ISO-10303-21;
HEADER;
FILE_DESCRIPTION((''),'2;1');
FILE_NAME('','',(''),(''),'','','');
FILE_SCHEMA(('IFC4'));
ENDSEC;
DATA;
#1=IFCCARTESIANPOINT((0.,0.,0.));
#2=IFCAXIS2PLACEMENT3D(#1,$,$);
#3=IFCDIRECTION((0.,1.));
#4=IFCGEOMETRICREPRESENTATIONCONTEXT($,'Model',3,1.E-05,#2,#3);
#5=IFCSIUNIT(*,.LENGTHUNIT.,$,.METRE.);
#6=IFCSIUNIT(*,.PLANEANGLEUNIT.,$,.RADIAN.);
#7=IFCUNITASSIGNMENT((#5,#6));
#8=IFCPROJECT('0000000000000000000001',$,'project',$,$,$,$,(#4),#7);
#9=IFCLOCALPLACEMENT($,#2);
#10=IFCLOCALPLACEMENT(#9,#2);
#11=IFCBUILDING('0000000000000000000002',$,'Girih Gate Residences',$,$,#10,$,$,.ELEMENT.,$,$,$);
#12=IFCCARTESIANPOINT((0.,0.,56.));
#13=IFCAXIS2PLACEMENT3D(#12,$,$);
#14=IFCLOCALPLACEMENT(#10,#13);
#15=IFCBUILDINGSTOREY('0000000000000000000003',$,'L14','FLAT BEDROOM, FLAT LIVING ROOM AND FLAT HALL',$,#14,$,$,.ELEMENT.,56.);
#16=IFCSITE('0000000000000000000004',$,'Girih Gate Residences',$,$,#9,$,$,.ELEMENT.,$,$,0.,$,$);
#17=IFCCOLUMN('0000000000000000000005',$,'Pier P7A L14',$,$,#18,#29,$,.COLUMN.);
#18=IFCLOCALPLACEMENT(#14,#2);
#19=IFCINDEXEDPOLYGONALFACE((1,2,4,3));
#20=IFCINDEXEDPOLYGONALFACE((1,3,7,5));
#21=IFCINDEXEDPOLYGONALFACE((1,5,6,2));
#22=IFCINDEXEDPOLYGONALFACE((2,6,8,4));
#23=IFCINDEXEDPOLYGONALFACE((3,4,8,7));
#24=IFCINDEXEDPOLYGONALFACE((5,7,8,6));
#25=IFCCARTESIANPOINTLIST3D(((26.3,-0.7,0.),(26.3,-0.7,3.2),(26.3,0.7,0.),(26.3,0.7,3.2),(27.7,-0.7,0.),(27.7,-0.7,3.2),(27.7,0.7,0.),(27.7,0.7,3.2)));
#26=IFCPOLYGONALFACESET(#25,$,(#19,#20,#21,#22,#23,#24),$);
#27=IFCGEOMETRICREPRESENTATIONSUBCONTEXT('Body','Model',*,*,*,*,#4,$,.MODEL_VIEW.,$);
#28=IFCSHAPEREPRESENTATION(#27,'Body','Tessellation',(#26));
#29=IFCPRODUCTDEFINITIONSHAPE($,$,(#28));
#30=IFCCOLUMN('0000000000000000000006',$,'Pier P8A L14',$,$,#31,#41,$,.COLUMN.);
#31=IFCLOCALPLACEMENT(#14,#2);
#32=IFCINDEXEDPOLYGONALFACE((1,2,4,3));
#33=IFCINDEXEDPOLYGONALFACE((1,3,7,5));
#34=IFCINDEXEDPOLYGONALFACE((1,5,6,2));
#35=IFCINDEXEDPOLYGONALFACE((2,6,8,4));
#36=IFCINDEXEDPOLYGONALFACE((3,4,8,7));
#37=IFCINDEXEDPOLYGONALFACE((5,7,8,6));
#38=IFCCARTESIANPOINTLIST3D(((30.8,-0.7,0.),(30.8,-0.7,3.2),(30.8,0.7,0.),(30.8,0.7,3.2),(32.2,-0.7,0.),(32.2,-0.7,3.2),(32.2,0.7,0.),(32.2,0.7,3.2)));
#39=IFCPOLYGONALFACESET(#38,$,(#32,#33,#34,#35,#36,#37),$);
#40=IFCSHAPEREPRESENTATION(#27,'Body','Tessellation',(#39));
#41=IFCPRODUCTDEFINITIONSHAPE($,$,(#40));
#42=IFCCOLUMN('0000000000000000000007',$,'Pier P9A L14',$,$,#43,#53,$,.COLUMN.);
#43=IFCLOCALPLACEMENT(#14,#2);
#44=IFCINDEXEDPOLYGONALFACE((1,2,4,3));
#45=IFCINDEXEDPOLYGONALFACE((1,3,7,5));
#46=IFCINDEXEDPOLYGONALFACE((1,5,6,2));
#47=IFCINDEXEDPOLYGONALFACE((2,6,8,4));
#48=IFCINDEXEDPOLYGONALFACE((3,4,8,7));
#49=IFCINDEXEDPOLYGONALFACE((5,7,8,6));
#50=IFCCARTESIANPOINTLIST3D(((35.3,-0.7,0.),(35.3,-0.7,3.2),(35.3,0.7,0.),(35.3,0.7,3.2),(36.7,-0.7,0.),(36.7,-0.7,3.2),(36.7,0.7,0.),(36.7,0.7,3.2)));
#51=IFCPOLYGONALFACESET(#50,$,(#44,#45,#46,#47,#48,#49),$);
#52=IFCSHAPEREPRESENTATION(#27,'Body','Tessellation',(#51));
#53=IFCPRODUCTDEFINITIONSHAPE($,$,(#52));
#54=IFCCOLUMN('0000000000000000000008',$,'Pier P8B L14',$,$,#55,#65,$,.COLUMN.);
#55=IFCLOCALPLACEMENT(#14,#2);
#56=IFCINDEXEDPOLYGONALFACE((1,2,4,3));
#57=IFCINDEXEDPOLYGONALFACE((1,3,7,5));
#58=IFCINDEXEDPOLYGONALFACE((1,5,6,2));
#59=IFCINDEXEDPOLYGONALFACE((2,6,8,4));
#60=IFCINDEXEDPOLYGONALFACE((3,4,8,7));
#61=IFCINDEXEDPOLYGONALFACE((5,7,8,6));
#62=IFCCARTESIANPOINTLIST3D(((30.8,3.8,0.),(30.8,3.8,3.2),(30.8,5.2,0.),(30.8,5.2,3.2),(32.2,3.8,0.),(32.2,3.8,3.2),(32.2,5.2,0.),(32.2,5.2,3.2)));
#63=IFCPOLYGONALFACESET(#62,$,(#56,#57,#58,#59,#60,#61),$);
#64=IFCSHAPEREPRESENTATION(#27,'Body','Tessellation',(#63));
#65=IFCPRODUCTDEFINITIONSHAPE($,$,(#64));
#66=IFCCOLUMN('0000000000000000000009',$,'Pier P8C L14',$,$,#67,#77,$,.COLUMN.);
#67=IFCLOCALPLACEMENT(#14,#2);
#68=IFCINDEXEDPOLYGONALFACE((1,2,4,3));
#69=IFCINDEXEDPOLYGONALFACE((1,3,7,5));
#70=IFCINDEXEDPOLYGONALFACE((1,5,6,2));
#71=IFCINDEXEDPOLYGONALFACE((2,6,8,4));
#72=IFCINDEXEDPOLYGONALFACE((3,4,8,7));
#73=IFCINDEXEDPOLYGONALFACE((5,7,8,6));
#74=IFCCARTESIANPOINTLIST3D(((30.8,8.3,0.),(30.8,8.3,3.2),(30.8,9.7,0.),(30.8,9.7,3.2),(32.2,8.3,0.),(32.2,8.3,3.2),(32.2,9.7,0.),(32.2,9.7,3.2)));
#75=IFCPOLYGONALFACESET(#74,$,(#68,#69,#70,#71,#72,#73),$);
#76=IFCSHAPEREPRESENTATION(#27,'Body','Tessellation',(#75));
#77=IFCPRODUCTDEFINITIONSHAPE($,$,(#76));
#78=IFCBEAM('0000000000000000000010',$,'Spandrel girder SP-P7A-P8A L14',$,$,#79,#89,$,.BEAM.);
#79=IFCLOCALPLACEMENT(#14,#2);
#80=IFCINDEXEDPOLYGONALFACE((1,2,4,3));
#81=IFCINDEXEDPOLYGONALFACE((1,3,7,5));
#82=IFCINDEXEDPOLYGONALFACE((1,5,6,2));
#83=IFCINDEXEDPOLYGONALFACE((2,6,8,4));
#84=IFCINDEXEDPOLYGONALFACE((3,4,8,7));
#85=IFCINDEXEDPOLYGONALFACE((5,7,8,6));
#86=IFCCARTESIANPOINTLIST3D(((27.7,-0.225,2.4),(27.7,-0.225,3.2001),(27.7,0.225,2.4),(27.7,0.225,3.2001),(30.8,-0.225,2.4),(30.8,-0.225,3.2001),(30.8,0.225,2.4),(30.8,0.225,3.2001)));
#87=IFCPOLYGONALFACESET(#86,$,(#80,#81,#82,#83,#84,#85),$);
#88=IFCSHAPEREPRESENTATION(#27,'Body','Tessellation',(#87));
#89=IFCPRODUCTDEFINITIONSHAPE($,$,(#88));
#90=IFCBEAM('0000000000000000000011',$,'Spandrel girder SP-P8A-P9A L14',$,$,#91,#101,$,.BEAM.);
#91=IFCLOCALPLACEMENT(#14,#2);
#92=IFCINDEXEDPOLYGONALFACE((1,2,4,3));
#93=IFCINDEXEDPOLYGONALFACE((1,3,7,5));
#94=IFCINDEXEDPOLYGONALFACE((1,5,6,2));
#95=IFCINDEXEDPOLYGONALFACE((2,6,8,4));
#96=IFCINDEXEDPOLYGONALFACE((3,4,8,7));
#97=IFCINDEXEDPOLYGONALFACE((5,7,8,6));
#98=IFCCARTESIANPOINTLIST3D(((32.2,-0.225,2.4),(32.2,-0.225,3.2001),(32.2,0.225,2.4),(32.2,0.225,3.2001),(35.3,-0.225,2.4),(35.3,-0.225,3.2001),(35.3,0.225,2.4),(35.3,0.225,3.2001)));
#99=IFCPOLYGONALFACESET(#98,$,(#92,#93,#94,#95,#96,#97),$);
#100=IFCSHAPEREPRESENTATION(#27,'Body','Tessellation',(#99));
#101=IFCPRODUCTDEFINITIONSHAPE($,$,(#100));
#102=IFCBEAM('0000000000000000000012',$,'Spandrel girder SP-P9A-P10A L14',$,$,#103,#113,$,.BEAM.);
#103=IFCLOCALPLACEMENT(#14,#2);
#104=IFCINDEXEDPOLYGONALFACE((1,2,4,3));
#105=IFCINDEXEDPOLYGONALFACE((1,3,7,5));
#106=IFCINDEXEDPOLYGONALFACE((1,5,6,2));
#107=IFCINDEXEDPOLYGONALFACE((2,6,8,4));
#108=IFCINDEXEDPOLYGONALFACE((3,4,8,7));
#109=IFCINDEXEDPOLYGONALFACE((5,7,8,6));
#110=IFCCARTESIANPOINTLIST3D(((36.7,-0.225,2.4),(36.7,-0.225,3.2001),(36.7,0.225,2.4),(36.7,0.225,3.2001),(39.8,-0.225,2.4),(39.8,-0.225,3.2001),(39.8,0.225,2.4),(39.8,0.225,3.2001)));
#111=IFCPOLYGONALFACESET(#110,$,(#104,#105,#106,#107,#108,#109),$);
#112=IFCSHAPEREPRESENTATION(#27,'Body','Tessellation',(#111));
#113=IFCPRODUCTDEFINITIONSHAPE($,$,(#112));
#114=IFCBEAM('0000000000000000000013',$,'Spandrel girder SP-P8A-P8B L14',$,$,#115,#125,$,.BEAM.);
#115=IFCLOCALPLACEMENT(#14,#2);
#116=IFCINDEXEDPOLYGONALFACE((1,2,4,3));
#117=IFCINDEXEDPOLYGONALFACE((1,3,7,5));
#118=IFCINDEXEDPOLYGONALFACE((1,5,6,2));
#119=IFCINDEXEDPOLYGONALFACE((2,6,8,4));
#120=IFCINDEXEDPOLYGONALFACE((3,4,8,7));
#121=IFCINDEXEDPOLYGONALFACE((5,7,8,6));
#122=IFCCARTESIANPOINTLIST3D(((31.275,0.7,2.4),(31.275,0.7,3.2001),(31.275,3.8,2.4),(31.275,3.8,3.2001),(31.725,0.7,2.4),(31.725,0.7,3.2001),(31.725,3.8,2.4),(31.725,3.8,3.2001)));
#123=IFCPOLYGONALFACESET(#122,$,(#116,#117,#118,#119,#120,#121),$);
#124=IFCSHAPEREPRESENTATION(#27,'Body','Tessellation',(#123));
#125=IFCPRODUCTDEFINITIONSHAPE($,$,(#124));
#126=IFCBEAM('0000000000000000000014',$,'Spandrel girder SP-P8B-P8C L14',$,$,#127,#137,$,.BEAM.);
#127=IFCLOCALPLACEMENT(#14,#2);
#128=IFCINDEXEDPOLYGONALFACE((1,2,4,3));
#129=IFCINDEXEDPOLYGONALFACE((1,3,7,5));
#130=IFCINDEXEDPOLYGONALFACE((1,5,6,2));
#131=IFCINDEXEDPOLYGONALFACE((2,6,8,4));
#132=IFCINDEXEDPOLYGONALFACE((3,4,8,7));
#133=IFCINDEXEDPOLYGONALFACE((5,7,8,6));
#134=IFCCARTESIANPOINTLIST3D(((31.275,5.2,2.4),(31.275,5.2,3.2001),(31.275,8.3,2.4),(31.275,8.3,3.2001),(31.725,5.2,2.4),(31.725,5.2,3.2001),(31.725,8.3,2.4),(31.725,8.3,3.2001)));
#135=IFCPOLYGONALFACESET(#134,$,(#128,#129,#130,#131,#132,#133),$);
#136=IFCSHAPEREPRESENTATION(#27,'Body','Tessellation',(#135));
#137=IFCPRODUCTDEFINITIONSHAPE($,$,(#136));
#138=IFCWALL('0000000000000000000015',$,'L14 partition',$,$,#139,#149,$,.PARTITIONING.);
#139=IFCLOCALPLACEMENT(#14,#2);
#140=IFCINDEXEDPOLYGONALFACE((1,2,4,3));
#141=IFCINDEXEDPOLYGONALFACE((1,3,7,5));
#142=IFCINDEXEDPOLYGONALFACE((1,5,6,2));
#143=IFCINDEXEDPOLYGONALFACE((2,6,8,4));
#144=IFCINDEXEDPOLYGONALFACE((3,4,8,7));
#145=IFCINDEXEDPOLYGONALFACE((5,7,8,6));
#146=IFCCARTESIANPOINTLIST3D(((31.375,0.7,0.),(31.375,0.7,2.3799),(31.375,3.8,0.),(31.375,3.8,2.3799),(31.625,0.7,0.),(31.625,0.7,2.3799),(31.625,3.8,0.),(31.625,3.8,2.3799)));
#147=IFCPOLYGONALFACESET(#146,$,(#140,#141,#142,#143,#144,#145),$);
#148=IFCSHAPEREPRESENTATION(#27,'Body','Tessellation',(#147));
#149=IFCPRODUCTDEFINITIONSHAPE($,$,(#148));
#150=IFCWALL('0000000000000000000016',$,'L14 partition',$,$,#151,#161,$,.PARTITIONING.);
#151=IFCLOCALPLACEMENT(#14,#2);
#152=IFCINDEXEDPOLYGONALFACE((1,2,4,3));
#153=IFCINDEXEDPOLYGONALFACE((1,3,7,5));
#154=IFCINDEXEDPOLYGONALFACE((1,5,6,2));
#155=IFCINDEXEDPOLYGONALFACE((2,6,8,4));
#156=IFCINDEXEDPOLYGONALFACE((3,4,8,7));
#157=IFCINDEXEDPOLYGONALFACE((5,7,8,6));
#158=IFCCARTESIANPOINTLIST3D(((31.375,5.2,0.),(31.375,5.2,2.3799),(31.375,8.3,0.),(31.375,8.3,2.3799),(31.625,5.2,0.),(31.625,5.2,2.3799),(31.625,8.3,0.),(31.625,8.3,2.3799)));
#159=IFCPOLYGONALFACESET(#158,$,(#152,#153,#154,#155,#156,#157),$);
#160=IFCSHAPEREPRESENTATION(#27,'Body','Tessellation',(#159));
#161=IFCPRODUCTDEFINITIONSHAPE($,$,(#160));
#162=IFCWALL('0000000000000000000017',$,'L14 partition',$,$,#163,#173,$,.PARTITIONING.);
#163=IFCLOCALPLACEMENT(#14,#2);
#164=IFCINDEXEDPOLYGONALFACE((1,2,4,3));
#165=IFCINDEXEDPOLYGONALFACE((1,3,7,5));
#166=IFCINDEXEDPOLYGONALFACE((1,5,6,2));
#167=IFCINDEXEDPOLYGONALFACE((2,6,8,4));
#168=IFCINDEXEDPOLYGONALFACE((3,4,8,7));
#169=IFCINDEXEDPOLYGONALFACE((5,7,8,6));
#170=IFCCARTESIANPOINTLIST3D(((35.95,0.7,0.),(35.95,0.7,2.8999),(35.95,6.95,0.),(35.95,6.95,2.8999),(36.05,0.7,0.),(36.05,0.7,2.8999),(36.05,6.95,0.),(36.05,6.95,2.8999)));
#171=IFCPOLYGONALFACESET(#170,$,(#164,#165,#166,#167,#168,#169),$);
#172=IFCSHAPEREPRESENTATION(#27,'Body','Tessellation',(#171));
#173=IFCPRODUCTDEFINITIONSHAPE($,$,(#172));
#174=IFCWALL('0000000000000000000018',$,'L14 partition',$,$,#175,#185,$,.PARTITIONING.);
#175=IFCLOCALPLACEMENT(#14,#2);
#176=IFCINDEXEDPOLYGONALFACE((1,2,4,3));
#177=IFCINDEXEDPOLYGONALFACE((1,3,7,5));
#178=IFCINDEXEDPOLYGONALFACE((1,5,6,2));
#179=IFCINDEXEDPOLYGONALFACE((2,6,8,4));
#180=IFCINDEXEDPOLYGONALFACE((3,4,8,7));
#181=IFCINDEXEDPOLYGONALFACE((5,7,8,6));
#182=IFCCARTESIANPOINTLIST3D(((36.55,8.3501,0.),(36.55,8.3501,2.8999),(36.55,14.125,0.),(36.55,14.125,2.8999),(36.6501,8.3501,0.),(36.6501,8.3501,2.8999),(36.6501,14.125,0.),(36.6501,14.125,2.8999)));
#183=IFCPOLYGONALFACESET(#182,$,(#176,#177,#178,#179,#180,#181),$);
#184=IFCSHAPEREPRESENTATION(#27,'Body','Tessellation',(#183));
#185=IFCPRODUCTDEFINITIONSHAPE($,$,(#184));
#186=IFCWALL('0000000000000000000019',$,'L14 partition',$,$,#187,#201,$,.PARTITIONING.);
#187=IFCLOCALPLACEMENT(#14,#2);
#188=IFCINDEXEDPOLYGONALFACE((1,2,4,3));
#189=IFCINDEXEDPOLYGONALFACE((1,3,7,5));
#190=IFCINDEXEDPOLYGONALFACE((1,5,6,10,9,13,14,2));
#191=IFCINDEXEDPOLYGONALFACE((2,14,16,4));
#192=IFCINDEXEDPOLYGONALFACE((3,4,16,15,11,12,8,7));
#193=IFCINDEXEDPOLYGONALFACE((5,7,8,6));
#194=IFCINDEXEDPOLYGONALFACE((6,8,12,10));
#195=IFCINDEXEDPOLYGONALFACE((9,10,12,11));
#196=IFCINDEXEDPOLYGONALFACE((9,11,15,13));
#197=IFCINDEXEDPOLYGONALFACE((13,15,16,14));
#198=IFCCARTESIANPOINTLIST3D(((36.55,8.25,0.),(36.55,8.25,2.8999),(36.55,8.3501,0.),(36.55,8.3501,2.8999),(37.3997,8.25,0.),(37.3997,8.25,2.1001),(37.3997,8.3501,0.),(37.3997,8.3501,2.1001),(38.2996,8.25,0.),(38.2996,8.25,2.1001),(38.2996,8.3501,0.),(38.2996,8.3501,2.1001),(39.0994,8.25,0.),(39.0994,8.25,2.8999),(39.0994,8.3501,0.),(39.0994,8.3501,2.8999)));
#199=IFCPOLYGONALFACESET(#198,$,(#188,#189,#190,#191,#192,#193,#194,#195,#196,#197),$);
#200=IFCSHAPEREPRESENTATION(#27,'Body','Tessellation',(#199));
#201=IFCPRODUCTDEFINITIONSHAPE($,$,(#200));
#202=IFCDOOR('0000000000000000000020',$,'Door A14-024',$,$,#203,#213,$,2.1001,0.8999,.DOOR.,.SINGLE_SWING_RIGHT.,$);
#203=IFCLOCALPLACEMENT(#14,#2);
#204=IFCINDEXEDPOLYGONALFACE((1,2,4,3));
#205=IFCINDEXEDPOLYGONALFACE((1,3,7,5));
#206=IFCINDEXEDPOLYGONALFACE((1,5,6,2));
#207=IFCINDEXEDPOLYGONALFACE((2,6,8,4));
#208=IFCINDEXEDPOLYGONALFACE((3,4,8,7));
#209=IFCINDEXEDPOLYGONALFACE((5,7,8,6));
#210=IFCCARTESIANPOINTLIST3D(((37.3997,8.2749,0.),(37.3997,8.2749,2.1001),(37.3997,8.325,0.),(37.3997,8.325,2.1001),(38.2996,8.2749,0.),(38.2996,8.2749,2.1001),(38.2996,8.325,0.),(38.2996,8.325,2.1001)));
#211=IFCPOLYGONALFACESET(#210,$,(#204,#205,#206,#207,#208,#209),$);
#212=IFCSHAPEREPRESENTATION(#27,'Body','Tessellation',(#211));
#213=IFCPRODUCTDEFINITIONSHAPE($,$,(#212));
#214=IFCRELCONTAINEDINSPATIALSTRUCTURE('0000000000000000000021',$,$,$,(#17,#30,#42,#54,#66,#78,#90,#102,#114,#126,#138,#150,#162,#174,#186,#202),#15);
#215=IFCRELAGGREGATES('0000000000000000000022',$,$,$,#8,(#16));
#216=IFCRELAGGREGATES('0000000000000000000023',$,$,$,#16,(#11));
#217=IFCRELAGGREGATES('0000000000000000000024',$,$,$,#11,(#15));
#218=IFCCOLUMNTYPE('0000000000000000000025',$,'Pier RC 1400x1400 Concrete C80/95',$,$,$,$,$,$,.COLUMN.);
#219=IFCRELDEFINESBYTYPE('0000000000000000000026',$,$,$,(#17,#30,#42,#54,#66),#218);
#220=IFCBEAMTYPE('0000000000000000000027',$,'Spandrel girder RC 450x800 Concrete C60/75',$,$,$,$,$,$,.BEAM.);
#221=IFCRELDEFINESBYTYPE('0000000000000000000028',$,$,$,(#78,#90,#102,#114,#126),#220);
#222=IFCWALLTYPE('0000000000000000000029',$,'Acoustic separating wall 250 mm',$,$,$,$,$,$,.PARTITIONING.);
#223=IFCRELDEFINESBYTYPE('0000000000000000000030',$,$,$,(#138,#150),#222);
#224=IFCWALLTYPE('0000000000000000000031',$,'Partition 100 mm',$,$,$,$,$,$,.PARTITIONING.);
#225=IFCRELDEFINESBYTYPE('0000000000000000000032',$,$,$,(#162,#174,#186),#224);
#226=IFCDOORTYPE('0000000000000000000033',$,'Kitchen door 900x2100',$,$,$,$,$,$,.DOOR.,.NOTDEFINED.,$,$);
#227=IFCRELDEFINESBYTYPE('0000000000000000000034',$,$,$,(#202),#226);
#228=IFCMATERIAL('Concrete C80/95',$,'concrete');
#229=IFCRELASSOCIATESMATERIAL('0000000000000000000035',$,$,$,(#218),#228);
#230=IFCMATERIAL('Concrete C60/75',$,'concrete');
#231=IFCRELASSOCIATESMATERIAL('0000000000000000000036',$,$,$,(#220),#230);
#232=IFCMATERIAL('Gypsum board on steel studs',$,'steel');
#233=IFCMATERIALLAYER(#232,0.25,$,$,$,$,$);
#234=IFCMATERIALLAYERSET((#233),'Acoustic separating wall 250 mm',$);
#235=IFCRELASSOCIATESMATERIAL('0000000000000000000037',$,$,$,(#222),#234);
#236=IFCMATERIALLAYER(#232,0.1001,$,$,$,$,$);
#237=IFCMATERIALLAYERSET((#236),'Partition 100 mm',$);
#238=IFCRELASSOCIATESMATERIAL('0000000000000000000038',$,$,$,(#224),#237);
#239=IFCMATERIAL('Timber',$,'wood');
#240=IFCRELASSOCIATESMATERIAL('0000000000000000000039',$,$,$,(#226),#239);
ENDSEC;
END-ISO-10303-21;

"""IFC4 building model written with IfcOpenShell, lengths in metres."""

from ifc_helpers import new_model, si_unit, direction, frame, frame_2d, origin, origin_2d, place, context, subcontext, project, spatial, rectangle, extrude, material, layer, layer_set, material_profile, profile_set, type_object, element, fill, save


model = new_model("IFC4")

# Units and contexts
model_context = context("Model", 3, precision=1e-05, world=origin(), true_north=direction((0.0, 1.0)))
body_context = subcontext(model_context, "Body", "Model", "MODEL_VIEW")
ifc_project = project(units=[si_unit("LENGTHUNIT", "METRE"), si_unit("PLANEANGLEUNIT", "RADIAN")], contexts=[model_context])

# Site, building, storey
site_placement = place(None, origin())
site = spatial("IfcSite", under=ifc_project, at=site_placement, Name="Girih Gate Residences", CompositionType="ELEMENT", RefElevation=0.0)
building_placement = place(site_placement, origin())
building = spatial("IfcBuilding", under=site, at=building_placement, Name="Girih Gate Residences", CompositionType="ELEMENT")
storey_placement = place(building_placement, frame((0.0, 0.0, 56.0)))
storey = spatial("IfcBuildingStorey", under=building, at=storey_placement, Name="L14", Description="FLAT BEDROOM, FLAT LIVING ROOM AND FLAT HALL", CompositionType="ELEMENT", Elevation=56.0)

# Columns
ifc_material_1 = material(Name="Concrete C80/95", Category="concrete")
ifc_material_profile_1 = material_profile(ifc_material_1, rectangle(XDim=1.3999, YDim=1.3999, at=origin_2d()))
ifc_profile_set_1 = profile_set([ifc_material_profile_1], Name="Concrete C80/95")
column_type = type_object("IfcColumnType", Name="Pier RC 1400x1400 Concrete C80/95", PredefinedType="COLUMN", material=ifc_profile_set_1)
for number, where, z_axis, x_axis, name in (
    (1, (27.0, 0.0, 0.0), (0.0, 0.0, 1.0), (1.0, 0.0, 0.0), "Pier P7A L14"),
    (2, (31.5, 0.0, 0.0), (0.0, 0.0, 1.0), (1.0, 0.0, 0.0), "Pier P8A L14"),
    (3, (36.0, 0.0, 0.0), (0.0, 0.0, 1.0), (1.0, 0.0, 0.0), "Pier P9A L14"),
    (4, (31.5, 4.5, 0.0), (0.0, 0.0, 1.0), (1.0, 0.0, 0.0), "Pier P8B L14"),
    (5, (31.5, 9.0, 0.0), (0.0, 0.0, 1.0), (1.0, 0.0, 0.0), "Pier P8C L14"),
):
    element("IfcColumn", number, at=place(storey_placement, frame(where, z_axis=z_axis, x_axis=x_axis)), inside=storey, type_object=column_type, Name=name, PredefinedType="COLUMN", context=body_context, shape_type="SweptSolid", body=[
        extrude(rectangle(XDim=1.3999, YDim=1.3999, at=origin_2d()), origin(), (0.0, 0.0, 1.0), 3.2),
    ])

# Beams
ifc_material_2 = material(Name="Concrete C60/75", Category="concrete")
ifc_material_profile_2 = material_profile(ifc_material_2, rectangle(XDim=0.45, YDim=0.8, at=origin_2d()))
ifc_profile_set_2 = profile_set([ifc_material_profile_2], Name="Concrete C60/75")
beam_type = type_object("IfcBeamType", Name="Spandrel girder RC 450x800 Concrete C60/75", PredefinedType="BEAM", material=ifc_profile_set_2)
for number, where, z_axis, x_axis, name in (
    (6, (27.7, 0.0, 2.8), (1.0, 0.0, 0.0), (0.0, 1.0, 0.0), "Spandrel girder SP-P7A-P8A L14"),
    (7, (32.2, 0.0, 2.8), (1.0, 0.0, 0.0), (0.0, 1.0, 0.0), "Spandrel girder SP-P8A-P9A L14"),
    (8, (36.7, 0.0, 2.8), (1.0, 0.0, 0.0), (0.0, 1.0, 0.0), "Spandrel girder SP-P9A-P10A L14"),
    (9, (31.5, 0.7, 2.8), (0.0, 1.0, 0.0), (-1.0, 0.0, 0.0), "Spandrel girder SP-P8A-P8B L14"),
    (10, (31.5, 5.2, 2.8), (0.0, 1.0, 0.0), (-1.0, 0.0, 0.0), "Spandrel girder SP-P8B-P8C L14"),
):
    element("IfcBeam", number, at=place(storey_placement, frame(where, z_axis=z_axis, x_axis=x_axis)), inside=storey, type_object=beam_type, Name=name, PredefinedType="BEAM", context=body_context, shape_type="SweptSolid", body=[
        extrude(rectangle(XDim=0.45, YDim=0.8, at=origin_2d()), origin(), (0.0, 0.0, 1.0), 3.1001),
    ])

# Walls
ifc_material_3 = material(Name="Gypsum board on steel studs", Category="steel")
ifc_layer_1 = layer(ifc_material_3, 0.25)
ifc_layer_set_1 = layer_set([ifc_layer_1], Name="Acoustic separating wall 250 mm")
wall_type_1 = type_object("IfcWallType", Name="Acoustic separating wall 250 mm", PredefinedType="PARTITIONING", material=ifc_layer_set_1)
for number, where, z_axis, x_axis, name in (
    (11, (31.5, 0.7, 0.0), (0.0, 0.0, 1.0), (0.0, 1.0, 0.0), "L14 partition"),
    (12, (31.5, 5.2, 0.0), (0.0, 0.0, 1.0), (0.0, 1.0, 0.0), "L14 partition"),
):
    element("IfcWall", number, at=place(storey_placement, frame(where, z_axis=z_axis, x_axis=x_axis)), inside=storey, type_object=wall_type_1, Name=name, PredefinedType="PARTITIONING", context=body_context, shape_type="SweptSolid", body=[
        extrude(rectangle(XDim=3.1001, YDim=0.25, at=frame_2d((1.55, 0.0))), origin(), (0.0, 0.0, 1.0), 2.3799),
    ])
ifc_layer_2 = layer(ifc_material_3, 0.1001)
ifc_layer_set_2 = layer_set([ifc_layer_2], Name="Partition 100 mm")
wall_type_2 = type_object("IfcWallType", Name="Partition 100 mm", PredefinedType="PARTITIONING", material=ifc_layer_set_2)
wall_1_placement = place(storey_placement, frame((36.0, 0.7, 0.0), z_axis=(0.0, 0.0, 1.0), x_axis=(0.0, 1.0, 0.0)))
element("IfcWall", 13, at=wall_1_placement, inside=storey, type_object=wall_type_2, Name="L14 partition", PredefinedType="PARTITIONING", context=body_context, shape_type="SweptSolid", body=[
    extrude(rectangle(XDim=6.25, YDim=0.1001, at=frame_2d((3.125, 0.0))), origin(), (0.0, 0.0, 1.0), 2.8999),
])
wall_2_placement = place(storey_placement, frame((36.6001, 8.3501, 0.0), z_axis=(0.0, 0.0, 1.0), x_axis=(0.0, 1.0, 0.0)))
element("IfcWall", 14, at=wall_2_placement, inside=storey, type_object=wall_type_2, Name="L14 partition", PredefinedType="PARTITIONING", context=body_context, shape_type="SweptSolid", body=[
    extrude(rectangle(XDim=5.7749, YDim=0.1001, at=frame_2d((2.8875, 0.0))), origin(), (0.0, 0.0, 1.0), 2.8999),
])

# Wall, opening, door
wall_3_placement = place(storey_placement, frame((36.55, 8.3, 0.0), z_axis=(0.0, 0.0, 1.0), x_axis=(1.0, 0.0, 0.0)))
wall_3 = element("IfcWall", 15, at=wall_3_placement, inside=storey, type_object=wall_type_2, Name="L14 partition", PredefinedType="PARTITIONING", context=body_context, shape_type="SweptSolid", body=[
    extrude(rectangle(XDim=2.5493, YDim=0.1001, at=frame_2d((1.2747, 0.0))), origin(), (0.0, 0.0, 1.0), 2.8999),
])
opening_1_placement = place(wall_3_placement, frame((0.8496, 0.0, 0.0)))
opening_1 = element("IfcOpeningElement", 16, at=opening_1_placement, cuts=wall_3, PredefinedType="OPENING", context=body_context, shape_type="SweptSolid", body=[
    extrude(rectangle(XDim=0.8999, YDim=2.1001, at=frame_2d((0.45, 1.05))), frame((0.0, 0.0601, 0.0), z_axis=(0.0, -1.0, 0.0), x_axis=(1.0, 0.0, 0.0)), (0.0, 0.0, 1.0), 0.1201),
])
ifc_material_4 = material(Name="Timber", Category="wood")
door_type_1 = type_object("IfcDoorType", Name="Kitchen door 900x2100", OperationType="NOTDEFINED", PredefinedType="DOOR", material=ifc_material_4)
door_1_placement = place(opening_1_placement, origin())
door_1 = element("IfcDoor", 17, at=door_1_placement, inside=storey, type_object=door_type_1, Name="Door A14-024", OperationType="SINGLE_SWING_RIGHT", OverallHeight=2.1001, OverallWidth=0.8999, PredefinedType="DOOR", context=body_context, shape_type="SweptSolid", body=[
    extrude(rectangle(XDim=0.8999, YDim=2.1001, at=frame_2d((0.45, 1.05))), frame((0.0, 0.0249, 0.0), z_axis=(0.0, -1.0, 0.0), x_axis=(1.0, 0.0, 0.0)), (0.0, 0.0, 1.0), 0.05),
])
fill(opening_1, door_1)

save(model, "model.ifc")
